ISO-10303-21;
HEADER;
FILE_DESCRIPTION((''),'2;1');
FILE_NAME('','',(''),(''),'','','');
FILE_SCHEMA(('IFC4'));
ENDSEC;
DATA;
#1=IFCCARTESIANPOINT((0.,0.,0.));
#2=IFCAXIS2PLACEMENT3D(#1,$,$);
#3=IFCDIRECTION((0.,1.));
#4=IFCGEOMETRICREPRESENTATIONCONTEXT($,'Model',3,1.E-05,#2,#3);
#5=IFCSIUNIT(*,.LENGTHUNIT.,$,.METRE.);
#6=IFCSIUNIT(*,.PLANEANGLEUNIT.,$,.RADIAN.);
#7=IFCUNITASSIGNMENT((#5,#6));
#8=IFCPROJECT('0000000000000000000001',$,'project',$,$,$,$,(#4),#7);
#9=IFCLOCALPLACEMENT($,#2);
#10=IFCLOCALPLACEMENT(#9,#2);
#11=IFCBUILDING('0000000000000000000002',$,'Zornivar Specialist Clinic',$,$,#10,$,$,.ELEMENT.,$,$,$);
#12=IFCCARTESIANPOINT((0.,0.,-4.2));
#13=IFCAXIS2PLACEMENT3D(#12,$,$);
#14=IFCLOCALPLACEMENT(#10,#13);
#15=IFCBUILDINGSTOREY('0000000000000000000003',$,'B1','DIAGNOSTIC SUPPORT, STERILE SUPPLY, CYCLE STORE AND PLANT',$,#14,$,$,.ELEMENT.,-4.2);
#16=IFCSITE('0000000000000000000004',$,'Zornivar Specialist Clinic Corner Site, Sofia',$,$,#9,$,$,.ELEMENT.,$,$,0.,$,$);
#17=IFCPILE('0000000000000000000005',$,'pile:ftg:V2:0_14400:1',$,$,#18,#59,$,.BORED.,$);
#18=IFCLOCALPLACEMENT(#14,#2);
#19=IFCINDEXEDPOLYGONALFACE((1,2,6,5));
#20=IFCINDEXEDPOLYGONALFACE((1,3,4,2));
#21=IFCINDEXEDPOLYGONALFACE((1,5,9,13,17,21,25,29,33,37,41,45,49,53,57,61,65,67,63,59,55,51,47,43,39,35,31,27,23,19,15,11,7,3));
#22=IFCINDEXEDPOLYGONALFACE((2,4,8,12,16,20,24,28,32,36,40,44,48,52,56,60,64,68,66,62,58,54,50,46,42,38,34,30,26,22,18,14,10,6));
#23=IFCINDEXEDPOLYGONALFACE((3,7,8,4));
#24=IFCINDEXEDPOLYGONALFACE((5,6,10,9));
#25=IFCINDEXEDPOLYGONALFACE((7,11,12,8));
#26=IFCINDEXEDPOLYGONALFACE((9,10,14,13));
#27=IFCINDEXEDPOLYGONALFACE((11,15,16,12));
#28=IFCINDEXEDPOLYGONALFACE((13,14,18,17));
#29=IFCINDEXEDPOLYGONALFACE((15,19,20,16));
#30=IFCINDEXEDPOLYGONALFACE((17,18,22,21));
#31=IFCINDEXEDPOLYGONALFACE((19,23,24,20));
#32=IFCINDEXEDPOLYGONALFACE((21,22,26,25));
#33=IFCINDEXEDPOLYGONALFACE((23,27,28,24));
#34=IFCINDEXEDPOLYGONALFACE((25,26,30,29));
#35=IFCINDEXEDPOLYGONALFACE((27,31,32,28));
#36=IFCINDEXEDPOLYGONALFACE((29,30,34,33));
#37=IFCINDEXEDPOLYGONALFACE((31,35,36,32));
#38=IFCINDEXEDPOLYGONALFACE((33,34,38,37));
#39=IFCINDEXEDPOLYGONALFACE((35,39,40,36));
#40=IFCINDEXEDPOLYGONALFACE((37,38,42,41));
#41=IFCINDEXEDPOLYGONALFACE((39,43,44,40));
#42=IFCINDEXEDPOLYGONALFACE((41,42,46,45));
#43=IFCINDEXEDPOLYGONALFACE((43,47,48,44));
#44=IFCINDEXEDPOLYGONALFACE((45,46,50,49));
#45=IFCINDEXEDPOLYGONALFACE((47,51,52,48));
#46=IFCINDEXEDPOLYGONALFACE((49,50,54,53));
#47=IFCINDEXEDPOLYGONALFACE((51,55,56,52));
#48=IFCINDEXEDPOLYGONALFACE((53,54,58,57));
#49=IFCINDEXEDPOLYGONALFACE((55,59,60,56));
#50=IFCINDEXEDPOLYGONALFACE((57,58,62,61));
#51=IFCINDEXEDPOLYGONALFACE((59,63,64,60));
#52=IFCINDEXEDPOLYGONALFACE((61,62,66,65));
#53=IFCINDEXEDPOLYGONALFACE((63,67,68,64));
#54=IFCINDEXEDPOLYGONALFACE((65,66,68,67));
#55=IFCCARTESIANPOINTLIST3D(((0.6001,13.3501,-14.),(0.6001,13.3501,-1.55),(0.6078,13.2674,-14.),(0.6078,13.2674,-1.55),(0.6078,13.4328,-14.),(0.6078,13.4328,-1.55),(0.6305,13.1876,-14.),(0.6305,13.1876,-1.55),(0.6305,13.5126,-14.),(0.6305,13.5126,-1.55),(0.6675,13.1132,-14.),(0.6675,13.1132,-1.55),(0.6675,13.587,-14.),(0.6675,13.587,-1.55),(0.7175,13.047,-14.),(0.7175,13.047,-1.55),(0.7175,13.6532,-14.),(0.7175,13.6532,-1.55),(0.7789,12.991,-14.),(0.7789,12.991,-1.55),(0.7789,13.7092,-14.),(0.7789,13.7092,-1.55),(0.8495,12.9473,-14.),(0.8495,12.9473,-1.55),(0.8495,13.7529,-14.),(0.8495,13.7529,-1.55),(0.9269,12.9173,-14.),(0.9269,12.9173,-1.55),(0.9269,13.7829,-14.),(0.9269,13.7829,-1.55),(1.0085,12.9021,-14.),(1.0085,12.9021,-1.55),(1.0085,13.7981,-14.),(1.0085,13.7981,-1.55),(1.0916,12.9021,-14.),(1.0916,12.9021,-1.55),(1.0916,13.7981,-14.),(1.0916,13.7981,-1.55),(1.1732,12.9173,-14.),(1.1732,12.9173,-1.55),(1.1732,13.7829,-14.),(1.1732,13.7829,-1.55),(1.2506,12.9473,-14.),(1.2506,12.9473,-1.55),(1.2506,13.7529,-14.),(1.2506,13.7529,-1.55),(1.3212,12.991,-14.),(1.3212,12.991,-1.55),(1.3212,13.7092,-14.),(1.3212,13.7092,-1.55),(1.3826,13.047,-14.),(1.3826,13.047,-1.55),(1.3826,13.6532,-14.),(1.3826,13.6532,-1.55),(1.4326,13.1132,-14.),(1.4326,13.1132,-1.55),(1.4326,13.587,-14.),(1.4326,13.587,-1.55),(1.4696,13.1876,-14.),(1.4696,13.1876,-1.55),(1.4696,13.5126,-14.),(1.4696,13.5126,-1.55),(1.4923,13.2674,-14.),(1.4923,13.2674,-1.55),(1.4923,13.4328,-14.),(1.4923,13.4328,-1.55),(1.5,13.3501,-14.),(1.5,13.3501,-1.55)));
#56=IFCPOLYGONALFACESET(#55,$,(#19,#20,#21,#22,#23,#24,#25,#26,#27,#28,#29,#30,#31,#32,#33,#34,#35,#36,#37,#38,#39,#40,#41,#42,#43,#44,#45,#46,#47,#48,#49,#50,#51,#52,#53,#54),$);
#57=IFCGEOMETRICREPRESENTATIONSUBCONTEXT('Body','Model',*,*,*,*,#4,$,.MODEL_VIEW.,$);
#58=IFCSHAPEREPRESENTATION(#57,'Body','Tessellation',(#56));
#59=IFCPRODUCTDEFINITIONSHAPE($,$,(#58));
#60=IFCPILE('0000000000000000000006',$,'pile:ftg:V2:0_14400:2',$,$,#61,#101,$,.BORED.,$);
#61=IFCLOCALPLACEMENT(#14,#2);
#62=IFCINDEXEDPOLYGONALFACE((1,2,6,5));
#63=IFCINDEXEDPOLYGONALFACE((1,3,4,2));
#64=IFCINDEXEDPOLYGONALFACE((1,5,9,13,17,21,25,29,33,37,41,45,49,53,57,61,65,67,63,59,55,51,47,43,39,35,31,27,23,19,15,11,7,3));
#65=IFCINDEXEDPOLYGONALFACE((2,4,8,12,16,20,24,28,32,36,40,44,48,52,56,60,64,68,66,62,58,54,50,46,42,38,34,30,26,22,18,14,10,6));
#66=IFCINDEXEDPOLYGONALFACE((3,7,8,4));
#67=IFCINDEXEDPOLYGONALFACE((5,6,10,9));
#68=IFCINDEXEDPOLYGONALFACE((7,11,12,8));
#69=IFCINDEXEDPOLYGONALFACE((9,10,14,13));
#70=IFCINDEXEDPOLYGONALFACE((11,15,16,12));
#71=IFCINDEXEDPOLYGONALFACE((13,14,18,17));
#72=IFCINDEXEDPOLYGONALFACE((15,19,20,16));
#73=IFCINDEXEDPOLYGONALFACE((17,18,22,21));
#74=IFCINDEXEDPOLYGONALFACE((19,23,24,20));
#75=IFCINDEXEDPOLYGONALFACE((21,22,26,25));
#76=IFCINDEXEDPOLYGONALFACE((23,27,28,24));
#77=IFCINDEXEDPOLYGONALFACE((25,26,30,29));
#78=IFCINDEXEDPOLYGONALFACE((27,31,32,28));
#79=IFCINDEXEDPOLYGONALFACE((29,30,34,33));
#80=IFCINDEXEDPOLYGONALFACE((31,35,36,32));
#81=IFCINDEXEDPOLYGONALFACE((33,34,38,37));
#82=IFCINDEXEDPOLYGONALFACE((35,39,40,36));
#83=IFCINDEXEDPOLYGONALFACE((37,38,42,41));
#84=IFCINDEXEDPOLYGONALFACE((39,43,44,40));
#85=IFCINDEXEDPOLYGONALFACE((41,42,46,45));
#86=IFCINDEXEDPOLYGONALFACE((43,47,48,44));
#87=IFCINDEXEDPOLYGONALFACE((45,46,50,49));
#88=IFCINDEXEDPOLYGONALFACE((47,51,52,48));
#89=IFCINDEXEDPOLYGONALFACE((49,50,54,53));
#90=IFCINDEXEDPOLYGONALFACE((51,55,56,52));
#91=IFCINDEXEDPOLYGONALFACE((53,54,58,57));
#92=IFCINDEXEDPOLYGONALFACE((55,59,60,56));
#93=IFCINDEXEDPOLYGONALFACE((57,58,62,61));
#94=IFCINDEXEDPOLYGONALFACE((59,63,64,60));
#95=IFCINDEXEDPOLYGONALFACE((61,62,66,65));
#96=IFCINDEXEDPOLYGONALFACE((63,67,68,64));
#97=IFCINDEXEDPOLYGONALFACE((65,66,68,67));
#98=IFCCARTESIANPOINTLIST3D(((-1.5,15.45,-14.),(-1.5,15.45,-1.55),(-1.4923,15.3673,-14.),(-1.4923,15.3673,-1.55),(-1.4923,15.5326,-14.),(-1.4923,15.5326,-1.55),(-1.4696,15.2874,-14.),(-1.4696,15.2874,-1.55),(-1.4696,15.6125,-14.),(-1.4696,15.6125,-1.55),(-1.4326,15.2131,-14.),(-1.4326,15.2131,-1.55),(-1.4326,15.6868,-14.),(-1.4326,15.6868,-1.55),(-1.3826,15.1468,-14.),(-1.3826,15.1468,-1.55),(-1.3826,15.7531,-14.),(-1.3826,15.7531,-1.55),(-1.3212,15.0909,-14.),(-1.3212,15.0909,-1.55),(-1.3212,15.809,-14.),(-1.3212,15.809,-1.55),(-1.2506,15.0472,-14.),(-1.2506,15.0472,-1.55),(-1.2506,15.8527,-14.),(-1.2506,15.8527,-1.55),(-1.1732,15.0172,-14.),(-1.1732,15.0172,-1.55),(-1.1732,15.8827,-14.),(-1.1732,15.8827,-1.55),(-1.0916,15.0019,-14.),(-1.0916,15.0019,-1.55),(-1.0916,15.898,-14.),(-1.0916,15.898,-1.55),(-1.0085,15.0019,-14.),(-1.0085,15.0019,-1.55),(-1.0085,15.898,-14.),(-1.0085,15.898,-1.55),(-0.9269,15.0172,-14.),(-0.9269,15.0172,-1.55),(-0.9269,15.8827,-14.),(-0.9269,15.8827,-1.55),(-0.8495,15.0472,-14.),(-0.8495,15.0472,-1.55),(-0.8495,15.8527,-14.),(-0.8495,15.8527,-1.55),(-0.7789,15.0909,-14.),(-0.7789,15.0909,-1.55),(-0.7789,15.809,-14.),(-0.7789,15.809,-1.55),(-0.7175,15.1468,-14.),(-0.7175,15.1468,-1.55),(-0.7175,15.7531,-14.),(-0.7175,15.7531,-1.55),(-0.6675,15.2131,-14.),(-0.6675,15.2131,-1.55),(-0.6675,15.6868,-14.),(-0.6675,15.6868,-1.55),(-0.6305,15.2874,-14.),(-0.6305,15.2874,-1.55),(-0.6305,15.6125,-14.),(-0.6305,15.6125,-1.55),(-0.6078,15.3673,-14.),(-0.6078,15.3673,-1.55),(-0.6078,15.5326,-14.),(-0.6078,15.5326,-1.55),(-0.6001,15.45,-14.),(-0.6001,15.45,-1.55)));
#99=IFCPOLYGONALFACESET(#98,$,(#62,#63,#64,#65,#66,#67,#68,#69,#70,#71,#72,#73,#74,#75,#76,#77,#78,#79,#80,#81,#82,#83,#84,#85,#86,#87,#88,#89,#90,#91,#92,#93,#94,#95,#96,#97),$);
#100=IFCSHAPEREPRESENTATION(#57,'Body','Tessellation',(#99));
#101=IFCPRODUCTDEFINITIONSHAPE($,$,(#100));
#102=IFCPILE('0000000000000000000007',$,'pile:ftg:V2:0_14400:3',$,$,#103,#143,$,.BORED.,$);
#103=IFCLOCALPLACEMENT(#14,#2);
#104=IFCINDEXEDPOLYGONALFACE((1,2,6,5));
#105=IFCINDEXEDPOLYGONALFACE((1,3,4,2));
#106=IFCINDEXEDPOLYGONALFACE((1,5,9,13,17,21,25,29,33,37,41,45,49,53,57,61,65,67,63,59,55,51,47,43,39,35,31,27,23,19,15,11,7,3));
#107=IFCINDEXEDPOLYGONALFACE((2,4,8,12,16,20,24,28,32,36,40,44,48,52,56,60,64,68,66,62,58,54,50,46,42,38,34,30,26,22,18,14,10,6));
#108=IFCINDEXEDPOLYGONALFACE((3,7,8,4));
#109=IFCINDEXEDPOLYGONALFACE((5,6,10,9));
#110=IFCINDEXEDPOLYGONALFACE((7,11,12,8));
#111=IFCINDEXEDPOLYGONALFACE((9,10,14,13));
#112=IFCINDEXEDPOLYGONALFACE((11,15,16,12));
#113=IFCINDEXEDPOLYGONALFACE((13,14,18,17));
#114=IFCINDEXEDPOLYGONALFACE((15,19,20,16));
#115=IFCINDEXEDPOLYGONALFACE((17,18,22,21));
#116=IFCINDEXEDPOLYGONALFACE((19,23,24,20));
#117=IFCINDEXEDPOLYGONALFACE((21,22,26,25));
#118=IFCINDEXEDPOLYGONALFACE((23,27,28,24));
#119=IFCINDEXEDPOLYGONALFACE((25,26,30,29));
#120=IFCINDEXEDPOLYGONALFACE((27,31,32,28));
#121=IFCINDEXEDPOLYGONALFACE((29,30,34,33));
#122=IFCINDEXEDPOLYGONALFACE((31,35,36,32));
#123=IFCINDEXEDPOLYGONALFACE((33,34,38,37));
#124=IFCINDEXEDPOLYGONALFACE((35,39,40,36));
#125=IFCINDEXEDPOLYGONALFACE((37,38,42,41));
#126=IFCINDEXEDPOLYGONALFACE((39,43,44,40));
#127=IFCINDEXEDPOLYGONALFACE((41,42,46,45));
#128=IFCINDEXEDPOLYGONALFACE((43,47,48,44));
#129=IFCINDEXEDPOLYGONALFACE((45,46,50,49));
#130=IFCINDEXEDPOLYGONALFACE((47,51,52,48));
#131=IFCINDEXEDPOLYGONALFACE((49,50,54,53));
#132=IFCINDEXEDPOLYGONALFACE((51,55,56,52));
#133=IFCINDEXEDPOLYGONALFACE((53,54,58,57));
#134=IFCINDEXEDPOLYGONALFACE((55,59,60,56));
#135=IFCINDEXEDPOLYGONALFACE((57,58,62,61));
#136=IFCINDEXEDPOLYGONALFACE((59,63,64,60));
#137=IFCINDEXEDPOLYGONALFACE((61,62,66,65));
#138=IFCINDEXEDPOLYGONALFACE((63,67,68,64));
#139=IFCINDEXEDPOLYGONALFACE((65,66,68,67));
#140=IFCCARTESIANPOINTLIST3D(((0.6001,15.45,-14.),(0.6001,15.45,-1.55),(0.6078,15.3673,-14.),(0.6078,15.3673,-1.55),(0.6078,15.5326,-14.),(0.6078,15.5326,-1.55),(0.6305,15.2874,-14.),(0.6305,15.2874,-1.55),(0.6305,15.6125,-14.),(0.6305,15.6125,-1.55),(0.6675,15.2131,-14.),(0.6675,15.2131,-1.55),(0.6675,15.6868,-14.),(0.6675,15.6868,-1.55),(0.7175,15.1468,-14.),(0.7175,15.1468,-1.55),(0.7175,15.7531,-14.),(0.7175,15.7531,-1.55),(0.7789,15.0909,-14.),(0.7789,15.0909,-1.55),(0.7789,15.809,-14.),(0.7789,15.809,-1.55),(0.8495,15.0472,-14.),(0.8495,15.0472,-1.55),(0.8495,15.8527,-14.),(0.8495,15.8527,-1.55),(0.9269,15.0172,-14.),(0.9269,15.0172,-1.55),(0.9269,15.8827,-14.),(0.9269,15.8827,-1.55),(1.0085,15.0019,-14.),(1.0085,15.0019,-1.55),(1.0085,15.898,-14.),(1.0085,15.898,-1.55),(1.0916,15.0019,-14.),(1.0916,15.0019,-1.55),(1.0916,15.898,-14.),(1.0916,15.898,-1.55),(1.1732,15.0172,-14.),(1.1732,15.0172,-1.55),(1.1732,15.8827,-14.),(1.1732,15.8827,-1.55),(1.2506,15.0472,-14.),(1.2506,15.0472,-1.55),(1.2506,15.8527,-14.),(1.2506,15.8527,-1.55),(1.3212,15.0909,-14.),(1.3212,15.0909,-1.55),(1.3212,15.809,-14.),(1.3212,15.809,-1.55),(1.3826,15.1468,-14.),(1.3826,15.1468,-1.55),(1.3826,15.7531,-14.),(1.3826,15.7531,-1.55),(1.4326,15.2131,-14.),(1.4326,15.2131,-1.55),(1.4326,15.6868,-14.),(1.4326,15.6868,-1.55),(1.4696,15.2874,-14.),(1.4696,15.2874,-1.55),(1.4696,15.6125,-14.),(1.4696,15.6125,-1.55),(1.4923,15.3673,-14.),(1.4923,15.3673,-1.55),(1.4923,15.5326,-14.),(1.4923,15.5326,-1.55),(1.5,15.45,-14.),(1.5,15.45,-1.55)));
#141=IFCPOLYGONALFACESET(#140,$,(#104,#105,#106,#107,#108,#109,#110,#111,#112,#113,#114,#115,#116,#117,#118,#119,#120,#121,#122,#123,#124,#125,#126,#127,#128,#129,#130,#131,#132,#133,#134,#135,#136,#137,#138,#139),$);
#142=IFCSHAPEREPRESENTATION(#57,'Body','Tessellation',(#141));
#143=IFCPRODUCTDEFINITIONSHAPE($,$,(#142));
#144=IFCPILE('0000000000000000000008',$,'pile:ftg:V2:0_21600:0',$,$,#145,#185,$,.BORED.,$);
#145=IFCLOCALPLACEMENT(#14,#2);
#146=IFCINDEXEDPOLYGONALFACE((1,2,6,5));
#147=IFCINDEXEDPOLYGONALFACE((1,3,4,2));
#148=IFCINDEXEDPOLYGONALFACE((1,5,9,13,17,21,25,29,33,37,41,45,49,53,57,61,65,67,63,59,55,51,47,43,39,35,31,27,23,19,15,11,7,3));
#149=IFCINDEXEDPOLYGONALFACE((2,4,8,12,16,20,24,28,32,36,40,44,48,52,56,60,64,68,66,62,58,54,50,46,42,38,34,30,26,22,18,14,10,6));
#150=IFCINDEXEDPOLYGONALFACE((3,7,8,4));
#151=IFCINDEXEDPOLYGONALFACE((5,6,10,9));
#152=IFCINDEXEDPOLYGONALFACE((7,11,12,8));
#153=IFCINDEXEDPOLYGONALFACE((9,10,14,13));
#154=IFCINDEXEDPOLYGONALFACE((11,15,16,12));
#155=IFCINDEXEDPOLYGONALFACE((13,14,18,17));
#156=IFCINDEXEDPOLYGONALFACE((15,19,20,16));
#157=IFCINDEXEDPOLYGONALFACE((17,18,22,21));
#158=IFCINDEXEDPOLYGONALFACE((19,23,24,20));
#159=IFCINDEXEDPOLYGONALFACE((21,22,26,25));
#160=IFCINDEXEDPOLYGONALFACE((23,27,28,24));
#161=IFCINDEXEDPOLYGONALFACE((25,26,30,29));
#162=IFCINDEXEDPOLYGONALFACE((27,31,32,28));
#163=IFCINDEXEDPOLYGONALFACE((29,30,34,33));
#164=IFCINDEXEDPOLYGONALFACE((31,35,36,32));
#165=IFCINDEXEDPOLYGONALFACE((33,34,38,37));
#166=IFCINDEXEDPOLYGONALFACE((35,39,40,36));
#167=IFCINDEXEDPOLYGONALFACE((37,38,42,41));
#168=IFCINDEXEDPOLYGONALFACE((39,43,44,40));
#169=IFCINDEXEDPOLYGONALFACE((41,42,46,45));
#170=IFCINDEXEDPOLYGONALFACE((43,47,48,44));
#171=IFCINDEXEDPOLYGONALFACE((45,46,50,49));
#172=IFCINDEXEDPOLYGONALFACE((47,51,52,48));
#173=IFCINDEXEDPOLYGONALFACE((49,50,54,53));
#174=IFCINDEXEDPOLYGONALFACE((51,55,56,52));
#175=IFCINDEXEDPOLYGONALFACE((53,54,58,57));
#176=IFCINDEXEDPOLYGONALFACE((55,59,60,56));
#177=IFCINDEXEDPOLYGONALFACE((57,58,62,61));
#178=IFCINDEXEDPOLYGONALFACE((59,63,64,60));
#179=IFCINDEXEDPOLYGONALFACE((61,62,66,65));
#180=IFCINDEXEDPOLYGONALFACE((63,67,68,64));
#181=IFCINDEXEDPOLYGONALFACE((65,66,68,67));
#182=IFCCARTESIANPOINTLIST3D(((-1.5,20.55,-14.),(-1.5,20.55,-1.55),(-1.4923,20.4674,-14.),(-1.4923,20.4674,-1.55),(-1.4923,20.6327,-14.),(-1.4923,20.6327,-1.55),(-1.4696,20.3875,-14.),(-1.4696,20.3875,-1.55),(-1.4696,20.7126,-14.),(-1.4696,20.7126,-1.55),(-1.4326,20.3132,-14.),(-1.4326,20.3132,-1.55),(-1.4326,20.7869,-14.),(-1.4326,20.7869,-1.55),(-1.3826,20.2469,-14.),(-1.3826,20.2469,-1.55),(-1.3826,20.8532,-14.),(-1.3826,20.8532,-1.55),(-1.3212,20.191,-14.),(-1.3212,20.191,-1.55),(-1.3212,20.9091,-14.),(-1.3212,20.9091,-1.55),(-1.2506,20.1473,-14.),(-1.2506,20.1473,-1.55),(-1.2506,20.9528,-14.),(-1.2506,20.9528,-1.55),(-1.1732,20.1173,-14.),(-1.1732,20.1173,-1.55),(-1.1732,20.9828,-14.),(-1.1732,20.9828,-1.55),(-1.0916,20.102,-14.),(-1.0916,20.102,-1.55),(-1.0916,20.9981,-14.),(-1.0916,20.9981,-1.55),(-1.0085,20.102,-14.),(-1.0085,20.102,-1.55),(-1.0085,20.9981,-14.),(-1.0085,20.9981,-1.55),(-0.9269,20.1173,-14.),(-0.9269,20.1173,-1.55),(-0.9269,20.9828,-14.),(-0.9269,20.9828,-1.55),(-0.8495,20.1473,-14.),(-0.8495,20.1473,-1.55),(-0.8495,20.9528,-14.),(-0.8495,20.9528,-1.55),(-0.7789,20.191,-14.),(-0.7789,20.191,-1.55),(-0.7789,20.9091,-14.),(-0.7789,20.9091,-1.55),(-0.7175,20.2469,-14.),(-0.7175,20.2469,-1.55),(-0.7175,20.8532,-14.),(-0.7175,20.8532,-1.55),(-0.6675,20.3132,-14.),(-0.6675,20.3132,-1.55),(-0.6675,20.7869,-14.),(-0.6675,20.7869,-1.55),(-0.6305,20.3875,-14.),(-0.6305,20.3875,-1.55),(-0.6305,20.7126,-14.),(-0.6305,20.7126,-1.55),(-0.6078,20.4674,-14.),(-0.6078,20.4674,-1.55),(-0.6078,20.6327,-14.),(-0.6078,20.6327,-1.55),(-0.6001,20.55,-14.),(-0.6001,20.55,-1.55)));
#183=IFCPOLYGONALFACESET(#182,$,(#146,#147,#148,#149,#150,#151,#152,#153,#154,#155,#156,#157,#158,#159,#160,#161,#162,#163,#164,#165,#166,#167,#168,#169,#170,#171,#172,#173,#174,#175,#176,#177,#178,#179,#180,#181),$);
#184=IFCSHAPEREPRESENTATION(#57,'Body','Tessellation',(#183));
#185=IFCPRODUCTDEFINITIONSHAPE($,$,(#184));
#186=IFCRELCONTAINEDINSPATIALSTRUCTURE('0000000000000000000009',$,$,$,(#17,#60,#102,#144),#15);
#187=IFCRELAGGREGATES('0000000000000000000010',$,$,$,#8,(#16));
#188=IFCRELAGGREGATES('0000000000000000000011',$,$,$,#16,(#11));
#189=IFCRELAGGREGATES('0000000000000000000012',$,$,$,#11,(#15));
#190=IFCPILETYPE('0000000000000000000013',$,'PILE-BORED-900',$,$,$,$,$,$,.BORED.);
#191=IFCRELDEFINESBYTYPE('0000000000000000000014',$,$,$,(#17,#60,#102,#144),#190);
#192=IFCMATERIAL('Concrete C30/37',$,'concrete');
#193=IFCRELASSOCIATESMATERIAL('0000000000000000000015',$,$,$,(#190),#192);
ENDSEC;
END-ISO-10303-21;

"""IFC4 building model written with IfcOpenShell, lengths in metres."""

from ifc_helpers import new_model, si_unit, direction, frame, origin, origin_2d, place, context, subcontext, project, spatial, circle, extrude, material, material_profile, profile_set, type_object, element, save


model = new_model("IFC4")

# Units and contexts
model_context = context("Model", 3, precision=1e-05, world=origin(), true_north=direction((0.0, 1.0)))
body_context = subcontext(model_context, "Body", "Model", "MODEL_VIEW")
ifc_project = project(units=[si_unit("LENGTHUNIT", "METRE"), si_unit("PLANEANGLEUNIT", "RADIAN")], contexts=[model_context])

# Site, building, storey
site_placement = place(None, origin())
site = spatial("IfcSite", under=ifc_project, at=site_placement, Name="Zornivar Specialist Clinic Corner Site, Sofia", CompositionType="ELEMENT", RefElevation=0.0)
building_placement = place(site_placement, origin())
building = spatial("IfcBuilding", under=site, at=building_placement, Name="Zornivar Specialist Clinic", CompositionType="ELEMENT")
storey_placement = place(building_placement, frame((0.0, 0.0, -4.2)))
storey = spatial("IfcBuildingStorey", under=building, at=storey_placement, Name="B1", Description="DIAGNOSTIC SUPPORT, STERILE SUPPLY, CYCLE STORE AND PLANT", CompositionType="ELEMENT", Elevation=-4.2)

# Piles
ifc_material_1 = material(Name="Concrete C30/37", Category="concrete")
ifc_material_profile_1 = material_profile(ifc_material_1, circle(Radius=0.45, at=origin_2d()), Name="PILE D900")
ifc_profile_set_1 = profile_set([ifc_material_profile_1], Name="Concrete C30/37")
pile_type_1 = type_object("IfcPileType", Name="PILE-BORED-900", PredefinedType="BORED", material=ifc_profile_set_1)
for number, where, z_axis, x_axis, name in (
    (1, (1.05, 13.3501, -1.55), (0.0, 0.0, -1.0), (1.0, 0.0, 0.0), "pile:ftg:V2:0_14400:1"),
    (2, (-1.05, 15.45, -1.55), (0.0, 0.0, -1.0), (1.0, 0.0, 0.0), "pile:ftg:V2:0_14400:2"),
    (3, (1.05, 15.45, -1.55), (0.0, 0.0, -1.0), (1.0, 0.0, 0.0), "pile:ftg:V2:0_14400:3"),
    (4, (-1.05, 20.55, -1.55), (0.0, 0.0, -1.0), (1.0, 0.0, 0.0), "pile:ftg:V2:0_21600:0"),
):
    element("IfcPile", number, at=place(storey_placement, frame(where, z_axis=z_axis, x_axis=x_axis)), inside=storey, type_object=pile_type_1, Name=name, PredefinedType="BORED", context=body_context, shape_type="SweptSolid", body=[
        extrude(circle(Radius=0.45, at=origin_2d()), origin(), (0.0, 0.0, 1.0), 12.45),
    ])

save(model, "model.ifc")
